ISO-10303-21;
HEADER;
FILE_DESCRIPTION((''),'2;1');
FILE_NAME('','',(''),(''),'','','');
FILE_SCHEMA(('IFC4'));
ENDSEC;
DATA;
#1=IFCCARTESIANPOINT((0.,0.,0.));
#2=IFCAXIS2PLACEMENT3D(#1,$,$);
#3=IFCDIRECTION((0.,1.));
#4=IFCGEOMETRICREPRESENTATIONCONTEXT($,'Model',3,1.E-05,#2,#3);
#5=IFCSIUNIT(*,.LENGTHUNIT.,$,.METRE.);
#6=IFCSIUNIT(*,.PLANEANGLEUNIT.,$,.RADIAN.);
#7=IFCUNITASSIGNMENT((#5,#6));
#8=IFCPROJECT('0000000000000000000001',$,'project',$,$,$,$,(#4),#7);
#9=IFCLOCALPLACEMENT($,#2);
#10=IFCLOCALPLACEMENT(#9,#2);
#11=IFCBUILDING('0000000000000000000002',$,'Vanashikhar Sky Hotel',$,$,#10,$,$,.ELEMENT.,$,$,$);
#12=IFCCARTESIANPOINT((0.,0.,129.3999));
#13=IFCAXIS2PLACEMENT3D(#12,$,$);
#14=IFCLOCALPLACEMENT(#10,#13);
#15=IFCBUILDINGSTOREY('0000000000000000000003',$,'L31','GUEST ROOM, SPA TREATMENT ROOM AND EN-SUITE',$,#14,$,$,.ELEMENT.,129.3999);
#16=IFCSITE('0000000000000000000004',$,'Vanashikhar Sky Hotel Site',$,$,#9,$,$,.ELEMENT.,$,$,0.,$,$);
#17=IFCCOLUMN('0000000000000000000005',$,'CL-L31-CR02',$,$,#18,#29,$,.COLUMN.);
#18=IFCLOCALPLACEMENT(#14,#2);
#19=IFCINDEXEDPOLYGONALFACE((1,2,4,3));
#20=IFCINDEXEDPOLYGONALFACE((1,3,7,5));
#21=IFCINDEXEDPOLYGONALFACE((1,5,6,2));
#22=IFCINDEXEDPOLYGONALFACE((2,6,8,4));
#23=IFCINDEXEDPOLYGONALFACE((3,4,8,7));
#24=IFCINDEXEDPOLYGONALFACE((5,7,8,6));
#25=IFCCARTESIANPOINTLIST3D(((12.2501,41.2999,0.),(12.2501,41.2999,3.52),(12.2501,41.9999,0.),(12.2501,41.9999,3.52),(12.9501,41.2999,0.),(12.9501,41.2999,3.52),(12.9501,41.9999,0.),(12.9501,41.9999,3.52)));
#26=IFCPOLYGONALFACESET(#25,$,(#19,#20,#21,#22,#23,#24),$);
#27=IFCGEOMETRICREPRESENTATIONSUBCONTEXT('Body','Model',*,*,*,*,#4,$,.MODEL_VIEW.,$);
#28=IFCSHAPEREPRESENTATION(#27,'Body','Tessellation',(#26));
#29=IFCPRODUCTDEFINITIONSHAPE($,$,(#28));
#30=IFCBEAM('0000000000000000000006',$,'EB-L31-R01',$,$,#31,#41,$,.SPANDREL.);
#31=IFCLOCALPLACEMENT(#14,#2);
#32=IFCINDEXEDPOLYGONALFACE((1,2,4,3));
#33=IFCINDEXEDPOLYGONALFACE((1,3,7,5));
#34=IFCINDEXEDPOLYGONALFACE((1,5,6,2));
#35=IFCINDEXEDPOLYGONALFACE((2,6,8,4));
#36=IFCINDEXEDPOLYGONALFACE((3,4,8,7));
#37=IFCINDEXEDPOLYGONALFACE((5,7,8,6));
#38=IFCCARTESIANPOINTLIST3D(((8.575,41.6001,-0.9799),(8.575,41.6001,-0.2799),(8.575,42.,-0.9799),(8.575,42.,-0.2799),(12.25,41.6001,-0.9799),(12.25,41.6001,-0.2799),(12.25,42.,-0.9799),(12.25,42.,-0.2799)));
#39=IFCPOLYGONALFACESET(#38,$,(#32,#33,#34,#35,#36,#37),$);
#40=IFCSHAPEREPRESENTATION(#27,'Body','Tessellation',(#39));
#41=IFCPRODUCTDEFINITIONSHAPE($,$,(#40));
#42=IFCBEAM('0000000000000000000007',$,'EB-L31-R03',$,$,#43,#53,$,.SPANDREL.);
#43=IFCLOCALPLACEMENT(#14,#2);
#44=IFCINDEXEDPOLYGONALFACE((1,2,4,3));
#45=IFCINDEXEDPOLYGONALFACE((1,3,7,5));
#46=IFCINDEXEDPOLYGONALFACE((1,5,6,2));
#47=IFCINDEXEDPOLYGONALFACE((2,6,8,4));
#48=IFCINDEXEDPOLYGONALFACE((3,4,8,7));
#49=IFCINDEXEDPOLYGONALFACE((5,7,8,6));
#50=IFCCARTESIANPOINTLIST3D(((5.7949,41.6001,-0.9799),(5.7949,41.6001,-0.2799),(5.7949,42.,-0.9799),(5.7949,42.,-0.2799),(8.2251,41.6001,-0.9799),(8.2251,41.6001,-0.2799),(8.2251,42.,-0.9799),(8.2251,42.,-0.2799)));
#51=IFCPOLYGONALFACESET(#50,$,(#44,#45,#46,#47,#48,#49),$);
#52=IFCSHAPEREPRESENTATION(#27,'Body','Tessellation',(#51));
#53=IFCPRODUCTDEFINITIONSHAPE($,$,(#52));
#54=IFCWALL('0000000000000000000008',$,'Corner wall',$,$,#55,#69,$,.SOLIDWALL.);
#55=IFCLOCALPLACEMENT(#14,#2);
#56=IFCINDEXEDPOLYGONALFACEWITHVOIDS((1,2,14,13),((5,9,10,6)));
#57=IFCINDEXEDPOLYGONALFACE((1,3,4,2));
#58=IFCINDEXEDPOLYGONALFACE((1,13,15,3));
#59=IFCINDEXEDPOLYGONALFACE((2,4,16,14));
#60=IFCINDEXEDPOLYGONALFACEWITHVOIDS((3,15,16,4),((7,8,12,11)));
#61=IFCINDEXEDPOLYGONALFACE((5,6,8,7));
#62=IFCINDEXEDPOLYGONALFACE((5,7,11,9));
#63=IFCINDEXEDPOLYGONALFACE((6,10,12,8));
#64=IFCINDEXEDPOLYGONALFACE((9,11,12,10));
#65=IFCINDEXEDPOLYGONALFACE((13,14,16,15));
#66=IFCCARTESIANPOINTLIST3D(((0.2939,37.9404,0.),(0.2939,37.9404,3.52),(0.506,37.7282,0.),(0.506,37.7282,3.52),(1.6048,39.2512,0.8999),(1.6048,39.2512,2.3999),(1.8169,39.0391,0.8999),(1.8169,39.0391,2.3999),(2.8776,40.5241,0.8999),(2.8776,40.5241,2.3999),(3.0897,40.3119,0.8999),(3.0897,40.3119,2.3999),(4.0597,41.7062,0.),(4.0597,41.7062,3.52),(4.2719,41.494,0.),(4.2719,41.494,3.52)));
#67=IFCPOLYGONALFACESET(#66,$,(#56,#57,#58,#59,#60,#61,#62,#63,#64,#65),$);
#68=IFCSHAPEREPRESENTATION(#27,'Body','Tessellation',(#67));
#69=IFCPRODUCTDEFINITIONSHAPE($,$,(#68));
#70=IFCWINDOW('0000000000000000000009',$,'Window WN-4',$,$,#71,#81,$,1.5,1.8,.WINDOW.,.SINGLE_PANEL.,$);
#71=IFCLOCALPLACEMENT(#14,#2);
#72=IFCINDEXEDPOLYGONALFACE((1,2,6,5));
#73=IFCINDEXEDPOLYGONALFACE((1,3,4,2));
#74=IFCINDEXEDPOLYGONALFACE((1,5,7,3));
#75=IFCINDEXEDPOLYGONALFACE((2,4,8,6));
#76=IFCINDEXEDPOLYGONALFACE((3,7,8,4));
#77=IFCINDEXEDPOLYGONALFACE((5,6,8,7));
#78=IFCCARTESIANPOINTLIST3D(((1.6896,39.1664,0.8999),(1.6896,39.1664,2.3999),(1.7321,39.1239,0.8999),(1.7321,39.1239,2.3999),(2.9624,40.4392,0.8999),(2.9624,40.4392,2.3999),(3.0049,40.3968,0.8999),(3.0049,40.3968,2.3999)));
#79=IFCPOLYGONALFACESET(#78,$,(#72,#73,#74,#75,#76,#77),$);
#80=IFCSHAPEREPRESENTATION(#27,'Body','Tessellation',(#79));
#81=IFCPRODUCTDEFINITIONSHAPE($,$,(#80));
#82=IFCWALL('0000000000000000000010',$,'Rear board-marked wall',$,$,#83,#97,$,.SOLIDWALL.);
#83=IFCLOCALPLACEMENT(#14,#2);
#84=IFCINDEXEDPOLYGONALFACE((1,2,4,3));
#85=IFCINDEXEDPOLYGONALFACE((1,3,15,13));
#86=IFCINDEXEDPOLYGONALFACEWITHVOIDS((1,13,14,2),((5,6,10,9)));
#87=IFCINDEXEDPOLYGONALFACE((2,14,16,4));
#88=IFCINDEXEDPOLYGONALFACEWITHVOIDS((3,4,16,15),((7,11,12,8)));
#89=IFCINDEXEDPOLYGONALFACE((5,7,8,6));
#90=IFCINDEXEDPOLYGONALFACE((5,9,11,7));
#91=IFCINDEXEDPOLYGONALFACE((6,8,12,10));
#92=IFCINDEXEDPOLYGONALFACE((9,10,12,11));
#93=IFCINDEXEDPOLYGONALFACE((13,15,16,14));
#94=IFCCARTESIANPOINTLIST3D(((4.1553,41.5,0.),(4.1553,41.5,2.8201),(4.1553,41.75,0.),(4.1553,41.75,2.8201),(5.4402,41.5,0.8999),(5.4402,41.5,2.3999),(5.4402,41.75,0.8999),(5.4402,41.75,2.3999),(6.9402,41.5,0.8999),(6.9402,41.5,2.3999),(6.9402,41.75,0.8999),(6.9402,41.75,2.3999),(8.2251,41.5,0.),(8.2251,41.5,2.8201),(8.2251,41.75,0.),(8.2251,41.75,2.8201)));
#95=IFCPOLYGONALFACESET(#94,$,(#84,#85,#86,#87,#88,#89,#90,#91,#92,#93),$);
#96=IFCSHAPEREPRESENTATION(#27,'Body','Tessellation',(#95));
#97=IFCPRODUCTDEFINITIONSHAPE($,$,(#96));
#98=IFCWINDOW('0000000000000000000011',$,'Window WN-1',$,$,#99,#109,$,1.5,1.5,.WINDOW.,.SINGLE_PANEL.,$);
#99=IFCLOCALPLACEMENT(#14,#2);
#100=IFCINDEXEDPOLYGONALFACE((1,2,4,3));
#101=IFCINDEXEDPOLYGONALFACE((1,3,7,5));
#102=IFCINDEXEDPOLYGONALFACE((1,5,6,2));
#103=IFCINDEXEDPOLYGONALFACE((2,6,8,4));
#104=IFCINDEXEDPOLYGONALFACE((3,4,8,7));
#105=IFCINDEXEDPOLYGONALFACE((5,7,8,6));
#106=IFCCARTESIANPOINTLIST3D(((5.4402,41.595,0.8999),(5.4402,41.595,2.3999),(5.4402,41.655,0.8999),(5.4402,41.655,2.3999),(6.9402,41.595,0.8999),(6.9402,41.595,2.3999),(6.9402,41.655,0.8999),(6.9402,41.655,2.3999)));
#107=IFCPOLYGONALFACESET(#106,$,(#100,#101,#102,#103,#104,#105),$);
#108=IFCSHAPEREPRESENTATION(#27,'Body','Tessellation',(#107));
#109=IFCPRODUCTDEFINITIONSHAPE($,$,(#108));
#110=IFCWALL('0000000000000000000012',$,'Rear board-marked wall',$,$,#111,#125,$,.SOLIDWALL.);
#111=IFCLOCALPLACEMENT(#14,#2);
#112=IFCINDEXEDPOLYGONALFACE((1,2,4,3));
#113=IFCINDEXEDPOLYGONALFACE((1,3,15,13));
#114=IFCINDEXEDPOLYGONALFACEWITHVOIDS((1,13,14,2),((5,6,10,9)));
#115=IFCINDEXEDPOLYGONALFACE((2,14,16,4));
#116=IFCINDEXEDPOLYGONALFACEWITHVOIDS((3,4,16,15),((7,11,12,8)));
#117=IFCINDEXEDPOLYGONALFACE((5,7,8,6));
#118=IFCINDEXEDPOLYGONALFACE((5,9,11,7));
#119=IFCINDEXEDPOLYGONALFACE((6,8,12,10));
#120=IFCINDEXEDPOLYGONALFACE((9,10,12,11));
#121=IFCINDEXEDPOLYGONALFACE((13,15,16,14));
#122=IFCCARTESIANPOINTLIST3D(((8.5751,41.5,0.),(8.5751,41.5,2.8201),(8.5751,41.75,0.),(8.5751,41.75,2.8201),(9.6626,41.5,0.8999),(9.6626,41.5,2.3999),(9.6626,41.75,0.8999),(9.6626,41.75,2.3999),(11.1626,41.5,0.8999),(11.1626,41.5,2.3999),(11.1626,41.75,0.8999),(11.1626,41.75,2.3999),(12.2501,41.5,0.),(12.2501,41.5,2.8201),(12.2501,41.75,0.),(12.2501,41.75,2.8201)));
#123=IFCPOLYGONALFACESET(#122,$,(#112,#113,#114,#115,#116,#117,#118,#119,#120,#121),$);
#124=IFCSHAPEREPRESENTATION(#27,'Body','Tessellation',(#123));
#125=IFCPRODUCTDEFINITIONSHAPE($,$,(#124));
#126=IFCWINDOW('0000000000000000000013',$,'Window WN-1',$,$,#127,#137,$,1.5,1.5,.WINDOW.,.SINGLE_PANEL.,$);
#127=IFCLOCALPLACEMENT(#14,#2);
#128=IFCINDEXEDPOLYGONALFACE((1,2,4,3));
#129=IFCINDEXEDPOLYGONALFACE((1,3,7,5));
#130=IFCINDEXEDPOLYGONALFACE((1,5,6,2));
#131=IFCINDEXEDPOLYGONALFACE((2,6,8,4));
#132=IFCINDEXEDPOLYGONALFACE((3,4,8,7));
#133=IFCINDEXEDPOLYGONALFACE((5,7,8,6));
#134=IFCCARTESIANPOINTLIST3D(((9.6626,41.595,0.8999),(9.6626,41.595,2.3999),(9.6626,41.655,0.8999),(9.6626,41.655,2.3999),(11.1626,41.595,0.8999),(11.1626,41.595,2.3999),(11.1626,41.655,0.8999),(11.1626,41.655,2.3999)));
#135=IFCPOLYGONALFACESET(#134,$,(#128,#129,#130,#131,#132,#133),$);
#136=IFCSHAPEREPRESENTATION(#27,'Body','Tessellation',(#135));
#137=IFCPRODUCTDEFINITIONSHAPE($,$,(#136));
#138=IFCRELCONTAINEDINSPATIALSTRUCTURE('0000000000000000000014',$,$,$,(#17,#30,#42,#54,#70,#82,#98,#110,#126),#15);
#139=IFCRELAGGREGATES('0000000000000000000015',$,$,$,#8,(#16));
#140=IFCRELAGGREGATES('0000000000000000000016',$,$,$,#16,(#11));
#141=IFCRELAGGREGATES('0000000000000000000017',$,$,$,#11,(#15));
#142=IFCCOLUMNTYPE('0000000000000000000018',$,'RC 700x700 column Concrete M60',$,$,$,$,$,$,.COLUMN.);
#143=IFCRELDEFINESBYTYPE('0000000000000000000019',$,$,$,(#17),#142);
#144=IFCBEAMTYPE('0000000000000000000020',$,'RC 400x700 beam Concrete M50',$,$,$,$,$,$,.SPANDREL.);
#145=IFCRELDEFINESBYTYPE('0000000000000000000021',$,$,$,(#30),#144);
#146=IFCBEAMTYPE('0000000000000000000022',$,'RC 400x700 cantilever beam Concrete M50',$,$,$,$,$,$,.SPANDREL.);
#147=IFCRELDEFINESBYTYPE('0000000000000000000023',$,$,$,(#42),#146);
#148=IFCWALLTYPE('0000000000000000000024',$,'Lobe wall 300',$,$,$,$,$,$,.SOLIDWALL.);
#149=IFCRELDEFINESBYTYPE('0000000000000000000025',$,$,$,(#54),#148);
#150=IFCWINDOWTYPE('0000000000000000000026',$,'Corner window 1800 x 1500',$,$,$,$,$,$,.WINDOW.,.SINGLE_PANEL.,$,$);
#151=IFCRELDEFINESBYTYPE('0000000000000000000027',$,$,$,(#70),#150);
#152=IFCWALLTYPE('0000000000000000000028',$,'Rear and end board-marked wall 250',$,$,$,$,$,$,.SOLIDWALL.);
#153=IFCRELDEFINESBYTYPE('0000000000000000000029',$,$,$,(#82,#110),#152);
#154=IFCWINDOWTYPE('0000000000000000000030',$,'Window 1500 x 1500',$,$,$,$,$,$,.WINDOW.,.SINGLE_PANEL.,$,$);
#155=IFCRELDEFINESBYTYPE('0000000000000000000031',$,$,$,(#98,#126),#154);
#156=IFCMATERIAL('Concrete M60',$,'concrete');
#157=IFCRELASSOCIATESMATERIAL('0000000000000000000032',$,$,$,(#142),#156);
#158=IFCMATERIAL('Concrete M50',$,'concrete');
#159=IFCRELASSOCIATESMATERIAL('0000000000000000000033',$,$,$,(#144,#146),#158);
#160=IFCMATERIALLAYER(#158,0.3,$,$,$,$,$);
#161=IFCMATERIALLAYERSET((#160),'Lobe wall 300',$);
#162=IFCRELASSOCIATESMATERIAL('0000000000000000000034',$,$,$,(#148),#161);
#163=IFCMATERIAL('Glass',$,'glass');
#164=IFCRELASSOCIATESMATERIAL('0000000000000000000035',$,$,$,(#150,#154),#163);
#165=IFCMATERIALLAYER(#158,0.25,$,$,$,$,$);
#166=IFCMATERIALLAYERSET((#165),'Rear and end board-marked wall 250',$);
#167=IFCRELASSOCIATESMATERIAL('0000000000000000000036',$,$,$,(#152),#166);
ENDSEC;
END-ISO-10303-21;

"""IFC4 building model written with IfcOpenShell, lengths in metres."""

from ifc_helpers import new_model, si_unit, direction, frame, frame_2d, origin, origin_2d, place, context, subcontext, project, spatial, rectangle, extrude, source, transform, mapped, material, layer, layer_set, material_profile, profile_set, type_object, element, fill, save


model = new_model("IFC4")

# Units and contexts
model_context = context("Model", 3, precision=1e-05, world=origin(), true_north=direction((0.0, 1.0)))
body_context = subcontext(model_context, "Body", "Model", "MODEL_VIEW")
ifc_project = project(units=[si_unit("LENGTHUNIT", "METRE"), si_unit("PLANEANGLEUNIT", "RADIAN")], contexts=[model_context])

# Site, building, storey
site_placement = place(None, origin())
site = spatial("IfcSite", under=ifc_project, at=site_placement, Name="Vanashikhar Sky Hotel Site", CompositionType="ELEMENT", RefElevation=0.0)
building_placement = place(site_placement, origin())
building = spatial("IfcBuilding", under=site, at=building_placement, Name="Vanashikhar Sky Hotel", CompositionType="ELEMENT")
storey_placement = place(building_placement, frame((0.0, 0.0, 129.3999)))
storey = spatial("IfcBuildingStorey", under=building, at=storey_placement, Name="L31", Description="GUEST ROOM, SPA TREATMENT ROOM AND EN-SUITE", CompositionType="ELEMENT", Elevation=129.3999)

# Column
ifc_material_1 = material(Name="Concrete M60", Category="concrete")
ifc_material_profile_1 = material_profile(ifc_material_1, rectangle(XDim=0.7, YDim=0.7, at=origin_2d()))
ifc_profile_set_1 = profile_set([ifc_material_profile_1], Name="RC 700x700 column Concrete M60")
column_type = type_object("IfcColumnType", Name="RC 700x700 column Concrete M60", PredefinedType="COLUMN", material=ifc_profile_set_1)
shared_shape_1 = source(origin(), body_context, "Body", "SweptSolid", [
    extrude(rectangle(XDim=0.7, YDim=0.7, at=origin_2d()), origin(), (0.0, 0.0, 1.0), 3.52),
])
column_placement = place(storey_placement, frame((12.6001, 41.6499, 0.0), z_axis=(0.0, 0.0, 1.0), x_axis=(1.0, 0.0, 0.0)))
element("IfcColumn", 1, at=column_placement, inside=storey, type_object=column_type, Name="CL-L31-CR02", PredefinedType="COLUMN", context=body_context, shape_type="MappedRepresentation", body=[
    mapped(shared_shape_1, transform((0.0, 0.0, 0.0), scale=1.0)),
])

# Beams
ifc_material_2 = material(Name="Concrete M50", Category="concrete")
ifc_material_profile_2 = material_profile(ifc_material_2, rectangle(XDim=0.3999, YDim=0.7, at=origin_2d()))
ifc_profile_set_2 = profile_set([ifc_material_profile_2], Name="RC 400x700 beam Concrete M50")
beam_type_1 = type_object("IfcBeamType", Name="RC 400x700 beam Concrete M50", PredefinedType="SPANDREL", material=ifc_profile_set_2)
shared_shape_2 = source(origin(), body_context, "Body", "SweptSolid", [
    extrude(rectangle(XDim=0.3999, YDim=0.7, at=origin_2d()), origin(), (0.0, 0.0, 1.0), 3.675),
])
beam_1_placement = place(storey_placement, frame((8.575, 41.8, -0.6299), z_axis=(1.0, 0.0, 0.0), x_axis=(0.0, 1.0, 0.0)))
element("IfcBeam", 2, at=beam_1_placement, inside=storey, type_object=beam_type_1, Name="EB-L31-R01", PredefinedType="SPANDREL", context=body_context, shape_type="MappedRepresentation", body=[
    mapped(shared_shape_2, transform((0.0, 0.0, 0.0), scale=1.0)),
])
ifc_material_profile_3 = material_profile(ifc_material_2, rectangle(XDim=0.3999, YDim=0.7, at=origin_2d()))
ifc_profile_set_3 = profile_set([ifc_material_profile_3], Name="RC 400x700 cantilever beam Concrete M50")
beam_type_2 = type_object("IfcBeamType", Name="RC 400x700 cantilever beam Concrete M50", PredefinedType="SPANDREL", material=ifc_profile_set_3)
shared_shape_3 = source(origin(), body_context, "Body", "SweptSolid", [
    extrude(rectangle(XDim=0.3999, YDim=0.7, at=origin_2d()), origin(), (0.0, 0.0, 1.0), 2.4302),
])
beam_2_placement = place(storey_placement, frame((5.7949, 41.8, -0.6299), z_axis=(1.0, 0.0, 0.0), x_axis=(0.0, 1.0, 0.0)))
element("IfcBeam", 3, at=beam_2_placement, inside=storey, type_object=beam_type_2, Name="EB-L31-R03", PredefinedType="SPANDREL", context=body_context, shape_type="MappedRepresentation", body=[
    mapped(shared_shape_3, transform((0.0, 0.0, 0.0), scale=1.0)),
])

# Walls, openings, windows
ifc_layer_1 = layer(ifc_material_2, 0.3)
ifc_layer_set_1 = layer_set([ifc_layer_1], Name="Lobe wall 300")
wall_type_1 = type_object("IfcWallType", Name="Lobe wall 300", PredefinedType="SOLIDWALL", material=ifc_layer_set_1)
shared_shape_4 = source(origin(), body_context, "Body", "SweptSolid", [
    extrude(rectangle(XDim=5.3257, YDim=0.3, at=frame_2d((2.6628, 0.0))), origin(), (0.0, 0.0, 1.0), 3.52),
])
wall_1_placement = place(storey_placement, frame((4.1658, 41.6001, 0.0), z_axis=(0.0, 0.0, 1.0), x_axis=(-0.707107, -0.707107, 0.0)))
wall_1 = element("IfcWall", 4, at=wall_1_placement, inside=storey, type_object=wall_type_1, Name="Corner wall", PredefinedType="SOLIDWALL", context=body_context, shape_type="MappedRepresentation", body=[
    mapped(shared_shape_4, transform((0.0, 0.0, 0.0), scale=1.0)),
])
shared_shape_5 = source(origin(), body_context, "Body", "SweptSolid", [
    extrude(rectangle(XDim=1.8, YDim=1.5, at=frame_2d((0.8999, 0.75))), frame((0.0, 0.1602, 0.0), z_axis=(0.0, -1.0, 0.0), x_axis=(1.0, 0.0, 0.0)), (0.0, 0.0, 1.0), 0.3201),
])
opening_1_placement = place(wall_1_placement, frame((1.6719, 0.0, 0.8999)))
opening_1 = element("IfcOpeningElement", 5, at=opening_1_placement, cuts=wall_1, PredefinedType="OPENING", context=body_context, shape_type="MappedRepresentation", body=[
    mapped(shared_shape_5, transform((0.0, 0.0, 0.0), scale=1.0)),
])
ifc_material_3 = material(Name="Glass", Category="glass")
window_type_1 = type_object("IfcWindowType", Name="Corner window 1800 x 1500", PartitioningType="SINGLE_PANEL", PredefinedType="WINDOW", material=ifc_material_3)
shared_shape_6 = source(origin(), body_context, "Body", "SweptSolid", [
    extrude(rectangle(XDim=1.8, YDim=1.5, at=frame_2d((0.8999, 0.75))), frame((0.0, 0.03, 0.0), z_axis=(0.0, -1.0, 0.0), x_axis=(1.0, 0.0, 0.0)), (0.0, 0.0, 1.0), 0.0601),
])
window_1_placement = place(opening_1_placement, origin())
window_1 = element("IfcWindow", 6, at=window_1_placement, inside=storey, type_object=window_type_1, Name="Window WN-4", OverallHeight=1.5, OverallWidth=1.8, PartitioningType="SINGLE_PANEL", PredefinedType="WINDOW", context=body_context, shape_type="MappedRepresentation", body=[
    mapped(shared_shape_6, transform((0.0, 0.0, 0.0), scale=1.0)),
])
fill(opening_1, window_1)
ifc_layer_2 = layer(ifc_material_2, 0.25)
ifc_layer_set_2 = layer_set([ifc_layer_2], Name="Rear and end board-marked wall 250")
wall_type_2 = type_object("IfcWallType", Name="Rear and end board-marked wall 250", PredefinedType="SOLIDWALL", material=ifc_layer_set_2)
shared_shape_7 = source(origin(), body_context, "Body", "SweptSolid", [
    extrude(rectangle(XDim=4.0698, YDim=0.25, at=frame_2d((2.0349, 0.0))), origin(), (0.0, 0.0, 1.0), 2.8201),
])
wall_2_placement = place(storey_placement, frame((8.2251, 41.625, 0.0), z_axis=(0.0, 0.0, 1.0), x_axis=(-1.0, 0.0, 0.0)))
wall_2 = element("IfcWall", 7, at=wall_2_placement, inside=storey, type_object=wall_type_2, Name="Rear board-marked wall", PredefinedType="SOLIDWALL", context=body_context, shape_type="MappedRepresentation", body=[
    mapped(shared_shape_7, transform((0.0, 0.0, 0.0), scale=1.0)),
])
shared_shape_8 = source(origin(), body_context, "Body", "SweptSolid", [
    extrude(rectangle(XDim=1.5, YDim=1.5, at=frame_2d((0.75, 0.75))), frame((0.0, 0.135, 0.0), z_axis=(0.0, -1.0, 0.0), x_axis=(1.0, 0.0, 0.0)), (0.0, 0.0, 1.0), 0.27),
])
opening_2_placement = place(wall_2_placement, frame((1.2849, 0.0, 0.8999)))
opening_2 = element("IfcOpeningElement", 8, at=opening_2_placement, cuts=wall_2, PredefinedType="OPENING", context=body_context, shape_type="MappedRepresentation", body=[
    mapped(shared_shape_8, transform((0.0, 0.0, 0.0), scale=1.0)),
])
window_type_2 = type_object("IfcWindowType", Name="Window 1500 x 1500", PartitioningType="SINGLE_PANEL", PredefinedType="WINDOW", material=ifc_material_3)
shared_shape_9 = source(origin(), body_context, "Body", "SweptSolid", [
    extrude(rectangle(XDim=1.5, YDim=1.5, at=frame_2d((0.75, 0.75))), frame((0.0, 0.03, 0.0), z_axis=(0.0, -1.0, 0.0), x_axis=(1.0, 0.0, 0.0)), (0.0, 0.0, 1.0), 0.0601),
])
window_2_placement = place(opening_2_placement, origin())
window_2 = element("IfcWindow", 9, at=window_2_placement, inside=storey, type_object=window_type_2, Name="Window WN-1", OverallHeight=1.5, OverallWidth=1.5, PartitioningType="SINGLE_PANEL", PredefinedType="WINDOW", context=body_context, shape_type="MappedRepresentation", body=[
    mapped(shared_shape_9, transform((0.0, 0.0, 0.0), scale=1.0)),
])
fill(opening_2, window_2)
shared_shape_10 = source(origin(), body_context, "Body", "SweptSolid", [
    extrude(rectangle(XDim=3.675, YDim=0.25, at=frame_2d((1.8374, 0.0))), origin(), (0.0, 0.0, 1.0), 2.8201),
])
wall_3_placement = place(storey_placement, frame((12.25, 41.625, 0.0), z_axis=(0.0, 0.0, 1.0), x_axis=(-1.0, 0.0, 0.0)))
wall_3 = element("IfcWall", 10, at=wall_3_placement, inside=storey, type_object=wall_type_2, Name="Rear board-marked wall", PredefinedType="SOLIDWALL", context=body_context, shape_type="MappedRepresentation", body=[
    mapped(shared_shape_10, transform((0.0, 0.0, 0.0), scale=1.0)),
])
opening_3_placement = place(wall_3_placement, frame((1.0874, 0.0, 0.8999)))
opening_3 = element("IfcOpeningElement", 11, at=opening_3_placement, cuts=wall_3, PredefinedType="OPENING", context=body_context, shape_type="MappedRepresentation", body=[
    mapped(shared_shape_8, transform((0.0, 0.0, 0.0), scale=1.0)),
])
window_3_placement = place(opening_3_placement, origin())
window_3 = element("IfcWindow", 12, at=window_3_placement, inside=storey, type_object=window_type_2, Name="Window WN-1", OverallHeight=1.5, OverallWidth=1.5, PartitioningType="SINGLE_PANEL", PredefinedType="WINDOW", context=body_context, shape_type="MappedRepresentation", body=[
    mapped(shared_shape_9, transform((0.0, 0.0, 0.0), scale=1.0)),
])
fill(opening_3, window_3)

save(model, "model.ifc")
